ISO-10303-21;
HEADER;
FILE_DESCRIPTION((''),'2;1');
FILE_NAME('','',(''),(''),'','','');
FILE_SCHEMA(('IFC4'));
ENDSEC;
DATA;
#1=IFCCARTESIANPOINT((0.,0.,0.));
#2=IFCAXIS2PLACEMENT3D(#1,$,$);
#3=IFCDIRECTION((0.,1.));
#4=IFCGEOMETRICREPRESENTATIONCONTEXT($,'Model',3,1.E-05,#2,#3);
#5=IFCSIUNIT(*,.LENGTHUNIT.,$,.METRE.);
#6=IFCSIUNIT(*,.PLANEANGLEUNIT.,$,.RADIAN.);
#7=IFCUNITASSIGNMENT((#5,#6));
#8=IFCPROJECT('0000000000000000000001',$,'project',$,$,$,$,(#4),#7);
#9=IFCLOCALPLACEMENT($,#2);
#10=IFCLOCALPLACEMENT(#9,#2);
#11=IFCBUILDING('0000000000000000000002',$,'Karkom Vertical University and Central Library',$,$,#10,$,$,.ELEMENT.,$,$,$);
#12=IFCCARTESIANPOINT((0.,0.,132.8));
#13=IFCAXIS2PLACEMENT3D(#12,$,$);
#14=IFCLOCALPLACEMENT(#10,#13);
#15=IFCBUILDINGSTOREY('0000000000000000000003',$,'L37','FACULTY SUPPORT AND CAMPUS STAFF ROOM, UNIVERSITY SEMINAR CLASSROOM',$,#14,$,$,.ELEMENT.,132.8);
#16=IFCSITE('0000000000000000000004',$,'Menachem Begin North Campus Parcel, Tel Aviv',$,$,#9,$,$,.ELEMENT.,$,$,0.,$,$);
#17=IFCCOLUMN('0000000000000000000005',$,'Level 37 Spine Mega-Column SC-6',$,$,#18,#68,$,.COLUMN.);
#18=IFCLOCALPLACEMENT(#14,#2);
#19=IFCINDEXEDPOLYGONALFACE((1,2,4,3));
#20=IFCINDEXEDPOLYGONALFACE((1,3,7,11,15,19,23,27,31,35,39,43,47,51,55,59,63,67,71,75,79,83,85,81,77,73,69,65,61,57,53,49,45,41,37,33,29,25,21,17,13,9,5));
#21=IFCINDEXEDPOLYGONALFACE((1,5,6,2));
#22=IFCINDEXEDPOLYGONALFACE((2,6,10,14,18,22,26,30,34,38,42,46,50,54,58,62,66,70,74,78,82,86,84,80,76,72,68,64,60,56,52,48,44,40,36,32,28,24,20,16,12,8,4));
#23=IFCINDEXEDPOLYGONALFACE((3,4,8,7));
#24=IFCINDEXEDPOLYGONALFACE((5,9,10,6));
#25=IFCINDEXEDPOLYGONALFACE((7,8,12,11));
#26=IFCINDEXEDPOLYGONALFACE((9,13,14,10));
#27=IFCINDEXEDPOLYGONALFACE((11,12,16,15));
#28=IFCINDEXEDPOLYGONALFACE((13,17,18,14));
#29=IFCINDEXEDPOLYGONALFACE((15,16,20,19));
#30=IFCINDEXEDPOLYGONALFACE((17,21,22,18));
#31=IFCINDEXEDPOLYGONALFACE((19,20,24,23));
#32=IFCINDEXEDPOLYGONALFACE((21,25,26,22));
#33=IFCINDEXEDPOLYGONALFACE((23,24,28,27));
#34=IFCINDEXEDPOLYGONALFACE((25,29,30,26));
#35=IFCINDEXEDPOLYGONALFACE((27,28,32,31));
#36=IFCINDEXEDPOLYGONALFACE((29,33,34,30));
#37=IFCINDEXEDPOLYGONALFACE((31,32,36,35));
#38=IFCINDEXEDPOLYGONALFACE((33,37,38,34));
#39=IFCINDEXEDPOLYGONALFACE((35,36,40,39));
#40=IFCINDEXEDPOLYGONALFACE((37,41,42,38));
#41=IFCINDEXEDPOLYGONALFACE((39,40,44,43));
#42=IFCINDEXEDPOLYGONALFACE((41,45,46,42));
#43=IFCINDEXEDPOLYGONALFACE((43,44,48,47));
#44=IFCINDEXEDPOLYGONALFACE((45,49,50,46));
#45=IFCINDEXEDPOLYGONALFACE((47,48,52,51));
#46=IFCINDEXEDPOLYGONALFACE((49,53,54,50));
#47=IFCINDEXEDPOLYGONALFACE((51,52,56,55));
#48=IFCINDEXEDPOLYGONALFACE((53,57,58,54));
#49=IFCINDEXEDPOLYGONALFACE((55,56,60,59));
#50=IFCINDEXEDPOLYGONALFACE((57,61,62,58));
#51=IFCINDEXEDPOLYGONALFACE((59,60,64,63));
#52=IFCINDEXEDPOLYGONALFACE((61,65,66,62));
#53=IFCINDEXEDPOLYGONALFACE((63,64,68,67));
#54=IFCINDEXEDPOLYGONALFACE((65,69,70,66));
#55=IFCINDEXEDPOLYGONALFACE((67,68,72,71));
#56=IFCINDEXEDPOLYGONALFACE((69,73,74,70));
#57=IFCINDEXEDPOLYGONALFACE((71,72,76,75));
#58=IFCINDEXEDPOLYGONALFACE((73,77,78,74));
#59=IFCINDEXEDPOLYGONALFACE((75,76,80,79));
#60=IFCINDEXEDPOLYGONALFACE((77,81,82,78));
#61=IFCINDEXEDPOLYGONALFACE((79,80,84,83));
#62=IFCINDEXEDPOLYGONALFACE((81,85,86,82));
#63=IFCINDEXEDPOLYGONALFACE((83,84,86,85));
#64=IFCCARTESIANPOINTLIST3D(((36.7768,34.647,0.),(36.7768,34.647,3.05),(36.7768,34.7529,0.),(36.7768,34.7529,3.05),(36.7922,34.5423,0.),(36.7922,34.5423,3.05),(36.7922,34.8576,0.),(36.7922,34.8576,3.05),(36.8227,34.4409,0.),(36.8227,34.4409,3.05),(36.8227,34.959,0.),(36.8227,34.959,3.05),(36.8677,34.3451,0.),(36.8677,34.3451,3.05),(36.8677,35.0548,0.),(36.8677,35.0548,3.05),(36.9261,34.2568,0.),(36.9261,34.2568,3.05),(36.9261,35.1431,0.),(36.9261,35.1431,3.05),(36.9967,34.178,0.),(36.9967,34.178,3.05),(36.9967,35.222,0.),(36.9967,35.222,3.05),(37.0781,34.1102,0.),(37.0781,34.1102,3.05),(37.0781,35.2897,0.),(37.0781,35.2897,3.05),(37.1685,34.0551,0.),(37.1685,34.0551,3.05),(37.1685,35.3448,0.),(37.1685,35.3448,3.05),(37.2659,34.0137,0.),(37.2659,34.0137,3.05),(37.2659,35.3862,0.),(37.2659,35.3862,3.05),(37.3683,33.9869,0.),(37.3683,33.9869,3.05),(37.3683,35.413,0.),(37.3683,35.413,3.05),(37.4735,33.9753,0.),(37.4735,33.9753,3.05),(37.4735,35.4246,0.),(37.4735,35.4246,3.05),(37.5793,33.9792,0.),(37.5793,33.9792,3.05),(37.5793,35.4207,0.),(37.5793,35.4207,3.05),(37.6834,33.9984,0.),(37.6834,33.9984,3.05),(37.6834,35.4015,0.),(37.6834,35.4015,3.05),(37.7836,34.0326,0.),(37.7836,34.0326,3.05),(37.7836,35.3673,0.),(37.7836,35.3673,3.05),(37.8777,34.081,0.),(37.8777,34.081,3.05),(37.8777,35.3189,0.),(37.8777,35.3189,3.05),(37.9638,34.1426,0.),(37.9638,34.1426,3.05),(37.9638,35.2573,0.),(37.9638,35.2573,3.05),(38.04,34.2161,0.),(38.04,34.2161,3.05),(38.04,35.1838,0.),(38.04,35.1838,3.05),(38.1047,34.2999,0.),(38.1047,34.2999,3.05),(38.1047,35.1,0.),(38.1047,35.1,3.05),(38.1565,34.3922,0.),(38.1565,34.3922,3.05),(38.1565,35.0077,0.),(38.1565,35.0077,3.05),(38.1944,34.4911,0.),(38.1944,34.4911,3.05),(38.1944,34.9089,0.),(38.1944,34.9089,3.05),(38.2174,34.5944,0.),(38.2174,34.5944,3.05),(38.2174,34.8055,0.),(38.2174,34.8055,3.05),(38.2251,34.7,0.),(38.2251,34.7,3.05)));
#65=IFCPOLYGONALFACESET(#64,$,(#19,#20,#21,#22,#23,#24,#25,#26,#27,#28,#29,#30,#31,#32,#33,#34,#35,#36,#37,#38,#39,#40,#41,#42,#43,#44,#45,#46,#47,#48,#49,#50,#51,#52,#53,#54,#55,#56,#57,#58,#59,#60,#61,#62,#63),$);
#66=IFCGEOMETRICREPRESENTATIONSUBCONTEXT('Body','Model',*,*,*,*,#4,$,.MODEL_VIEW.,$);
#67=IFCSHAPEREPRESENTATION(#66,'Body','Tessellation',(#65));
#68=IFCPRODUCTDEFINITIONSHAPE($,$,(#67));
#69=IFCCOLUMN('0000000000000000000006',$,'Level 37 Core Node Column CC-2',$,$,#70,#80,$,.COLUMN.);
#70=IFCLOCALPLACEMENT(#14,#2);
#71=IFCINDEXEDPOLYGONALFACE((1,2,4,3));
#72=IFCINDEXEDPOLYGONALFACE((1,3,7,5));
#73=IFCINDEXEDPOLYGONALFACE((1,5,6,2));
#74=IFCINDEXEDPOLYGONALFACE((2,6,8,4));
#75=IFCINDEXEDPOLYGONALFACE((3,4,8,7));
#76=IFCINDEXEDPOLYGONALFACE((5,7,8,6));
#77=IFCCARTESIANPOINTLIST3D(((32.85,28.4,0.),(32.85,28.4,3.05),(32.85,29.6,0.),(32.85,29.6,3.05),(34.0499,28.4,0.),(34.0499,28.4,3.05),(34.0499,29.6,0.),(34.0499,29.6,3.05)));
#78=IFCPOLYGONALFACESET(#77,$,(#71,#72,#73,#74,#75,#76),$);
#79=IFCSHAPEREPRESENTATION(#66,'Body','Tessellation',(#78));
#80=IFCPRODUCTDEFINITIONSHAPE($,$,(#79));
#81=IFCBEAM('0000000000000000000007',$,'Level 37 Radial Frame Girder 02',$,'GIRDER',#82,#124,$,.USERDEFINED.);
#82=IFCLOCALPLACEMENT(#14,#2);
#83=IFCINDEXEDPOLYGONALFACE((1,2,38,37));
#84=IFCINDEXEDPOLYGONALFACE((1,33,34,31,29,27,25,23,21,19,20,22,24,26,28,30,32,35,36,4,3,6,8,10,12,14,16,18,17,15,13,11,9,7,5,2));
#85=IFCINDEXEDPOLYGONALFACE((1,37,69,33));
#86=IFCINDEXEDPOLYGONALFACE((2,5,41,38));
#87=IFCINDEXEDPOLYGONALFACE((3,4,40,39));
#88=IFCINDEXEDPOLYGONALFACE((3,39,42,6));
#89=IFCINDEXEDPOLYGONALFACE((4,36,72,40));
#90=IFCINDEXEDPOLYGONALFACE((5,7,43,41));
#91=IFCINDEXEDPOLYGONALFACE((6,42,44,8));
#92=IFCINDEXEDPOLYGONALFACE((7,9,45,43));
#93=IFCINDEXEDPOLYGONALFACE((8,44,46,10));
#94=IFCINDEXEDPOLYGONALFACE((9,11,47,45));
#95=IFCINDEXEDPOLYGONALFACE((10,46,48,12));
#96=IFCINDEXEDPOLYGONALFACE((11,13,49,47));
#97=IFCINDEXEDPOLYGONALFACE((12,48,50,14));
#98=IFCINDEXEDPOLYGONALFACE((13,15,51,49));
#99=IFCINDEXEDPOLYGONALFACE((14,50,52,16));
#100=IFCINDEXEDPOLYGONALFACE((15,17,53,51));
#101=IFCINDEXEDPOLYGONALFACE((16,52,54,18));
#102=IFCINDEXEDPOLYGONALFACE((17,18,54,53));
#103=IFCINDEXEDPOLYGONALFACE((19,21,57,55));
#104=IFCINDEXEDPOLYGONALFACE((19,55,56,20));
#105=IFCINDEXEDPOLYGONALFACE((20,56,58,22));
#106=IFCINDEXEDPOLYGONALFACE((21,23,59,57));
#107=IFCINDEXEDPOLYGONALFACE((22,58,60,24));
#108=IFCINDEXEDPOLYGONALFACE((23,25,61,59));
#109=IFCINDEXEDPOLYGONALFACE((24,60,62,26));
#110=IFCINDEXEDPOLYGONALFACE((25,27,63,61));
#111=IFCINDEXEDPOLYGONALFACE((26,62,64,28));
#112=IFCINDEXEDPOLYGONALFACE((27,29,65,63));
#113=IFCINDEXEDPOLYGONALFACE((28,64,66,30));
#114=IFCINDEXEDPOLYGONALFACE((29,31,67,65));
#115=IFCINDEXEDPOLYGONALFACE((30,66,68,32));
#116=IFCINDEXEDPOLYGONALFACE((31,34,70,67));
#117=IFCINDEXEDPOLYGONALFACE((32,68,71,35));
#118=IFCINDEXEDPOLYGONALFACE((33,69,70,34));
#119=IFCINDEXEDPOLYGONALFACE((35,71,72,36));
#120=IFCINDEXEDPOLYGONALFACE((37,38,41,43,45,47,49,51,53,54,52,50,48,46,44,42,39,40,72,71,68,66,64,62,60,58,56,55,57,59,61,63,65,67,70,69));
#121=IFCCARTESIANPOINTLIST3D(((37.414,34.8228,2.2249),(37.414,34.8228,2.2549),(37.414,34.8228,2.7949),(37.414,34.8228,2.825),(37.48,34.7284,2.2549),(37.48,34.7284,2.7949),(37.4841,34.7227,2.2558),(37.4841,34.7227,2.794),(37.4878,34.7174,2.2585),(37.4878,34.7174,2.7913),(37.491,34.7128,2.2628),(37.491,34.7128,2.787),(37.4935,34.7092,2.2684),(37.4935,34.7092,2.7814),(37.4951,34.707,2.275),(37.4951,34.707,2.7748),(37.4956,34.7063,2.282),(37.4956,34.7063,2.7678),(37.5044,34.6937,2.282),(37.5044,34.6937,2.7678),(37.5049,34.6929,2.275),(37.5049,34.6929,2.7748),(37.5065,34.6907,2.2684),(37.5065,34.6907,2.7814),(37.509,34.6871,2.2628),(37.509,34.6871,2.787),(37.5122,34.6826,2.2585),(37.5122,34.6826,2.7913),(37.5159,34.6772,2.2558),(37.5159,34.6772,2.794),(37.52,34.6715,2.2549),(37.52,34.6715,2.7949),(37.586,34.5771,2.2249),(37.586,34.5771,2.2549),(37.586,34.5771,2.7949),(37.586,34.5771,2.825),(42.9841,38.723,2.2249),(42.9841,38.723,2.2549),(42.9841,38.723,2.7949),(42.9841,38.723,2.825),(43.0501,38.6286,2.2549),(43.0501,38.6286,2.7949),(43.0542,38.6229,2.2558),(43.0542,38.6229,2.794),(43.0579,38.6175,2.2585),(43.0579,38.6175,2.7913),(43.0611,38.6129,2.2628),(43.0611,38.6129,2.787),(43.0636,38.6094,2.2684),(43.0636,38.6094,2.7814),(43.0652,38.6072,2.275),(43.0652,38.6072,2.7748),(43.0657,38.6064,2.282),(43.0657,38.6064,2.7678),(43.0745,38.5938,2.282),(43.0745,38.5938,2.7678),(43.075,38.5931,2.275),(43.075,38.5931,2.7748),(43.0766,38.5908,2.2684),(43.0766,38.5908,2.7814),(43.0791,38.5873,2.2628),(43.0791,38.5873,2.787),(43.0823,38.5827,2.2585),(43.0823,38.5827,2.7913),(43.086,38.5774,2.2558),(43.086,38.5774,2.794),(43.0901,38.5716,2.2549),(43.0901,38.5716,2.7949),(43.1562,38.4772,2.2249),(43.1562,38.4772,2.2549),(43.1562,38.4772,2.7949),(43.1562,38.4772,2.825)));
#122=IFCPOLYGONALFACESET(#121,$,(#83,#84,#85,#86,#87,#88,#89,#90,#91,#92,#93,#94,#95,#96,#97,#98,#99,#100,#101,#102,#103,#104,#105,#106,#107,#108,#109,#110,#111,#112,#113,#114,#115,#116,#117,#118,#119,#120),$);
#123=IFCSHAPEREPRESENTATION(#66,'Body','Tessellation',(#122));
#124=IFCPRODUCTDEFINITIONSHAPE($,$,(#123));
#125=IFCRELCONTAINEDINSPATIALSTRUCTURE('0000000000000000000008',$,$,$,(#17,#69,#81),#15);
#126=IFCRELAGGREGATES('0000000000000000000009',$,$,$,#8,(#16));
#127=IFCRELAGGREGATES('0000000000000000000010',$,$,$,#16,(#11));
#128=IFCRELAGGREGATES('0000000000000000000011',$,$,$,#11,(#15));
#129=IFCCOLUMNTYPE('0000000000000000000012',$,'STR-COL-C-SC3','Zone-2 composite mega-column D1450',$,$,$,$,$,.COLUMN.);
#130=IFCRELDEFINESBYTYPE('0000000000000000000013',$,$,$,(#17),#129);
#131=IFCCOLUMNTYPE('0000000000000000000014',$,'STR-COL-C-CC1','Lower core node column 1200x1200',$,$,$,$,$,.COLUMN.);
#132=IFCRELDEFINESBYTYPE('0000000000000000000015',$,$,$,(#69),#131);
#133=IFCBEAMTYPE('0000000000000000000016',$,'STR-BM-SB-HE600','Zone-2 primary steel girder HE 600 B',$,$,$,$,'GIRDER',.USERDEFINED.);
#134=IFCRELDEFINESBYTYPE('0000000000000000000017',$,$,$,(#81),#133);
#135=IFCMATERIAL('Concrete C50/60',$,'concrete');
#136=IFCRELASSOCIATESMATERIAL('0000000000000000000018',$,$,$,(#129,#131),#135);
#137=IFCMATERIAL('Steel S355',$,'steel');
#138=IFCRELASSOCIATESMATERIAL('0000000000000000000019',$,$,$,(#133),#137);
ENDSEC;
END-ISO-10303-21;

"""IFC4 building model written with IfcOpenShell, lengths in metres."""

from ifc_helpers import new_model, si_unit, direction, frame, origin, origin_with_axes, origin_2d, place, context, subcontext, project, spatial, rectangle, circle, i_section, extrude, source, transform, mapped, material, material_profile, profile_set, type_object, element, save


model = new_model("IFC4")

# Units and contexts
model_context = context("Model", 3, precision=1e-05, world=origin(), true_north=direction((0.0, 1.0)))
body_context = subcontext(model_context, "Body", "Model", "MODEL_VIEW")
ifc_project = project(units=[si_unit("LENGTHUNIT", "METRE"), si_unit("PLANEANGLEUNIT", "RADIAN")], contexts=[model_context])

# Site, building, storey
site_placement = place(None, origin())
site = spatial("IfcSite", under=ifc_project, at=site_placement, Name="Menachem Begin North Campus Parcel, Tel Aviv", CompositionType="ELEMENT", RefElevation=0.0)
building_placement = place(site_placement, origin())
building = spatial("IfcBuilding", under=site, at=building_placement, Name="Karkom Vertical University and Central Library", CompositionType="ELEMENT")
storey_placement = place(building_placement, frame((0.0, 0.0, 132.8)))
storey = spatial("IfcBuildingStorey", under=building, at=storey_placement, Name="L37", Description="FACULTY SUPPORT AND CAMPUS STAFF ROOM, UNIVERSITY SEMINAR CLASSROOM", CompositionType="ELEMENT", Elevation=132.8)

# Columns
ifc_material_1 = material(Name="Concrete C50/60", Category="concrete")
ifc_material_profile_1 = material_profile(ifc_material_1, circle(Radius=0.7251, at=origin_2d()), Name="CFT-D1450")
ifc_profile_set_1 = profile_set([ifc_material_profile_1], Name="Concrete C50/60")
column_type_1 = type_object("IfcColumnType", Name="STR-COL-C-SC3", Description="Zone-2 composite mega-column D1450", PredefinedType="COLUMN", material=ifc_profile_set_1)
shared_shape_1 = source(origin_with_axes(), body_context, "Body", "SweptSolid", [
    extrude(circle(Radius=0.7251, at=origin_2d()), origin(), (0.0, 0.0, 1.0), 3.05),
])
column_1_placement = place(storey_placement, frame((37.5, 34.7, 0.0), z_axis=(0.0, 0.0, 1.0), x_axis=(1.0, 0.0, 0.0)))
element("IfcColumn", 1, at=column_1_placement, inside=storey, type_object=column_type_1, Name="Level 37 Spine Mega-Column SC-6", PredefinedType="COLUMN", context=body_context, shape_type="MappedRepresentation", body=[
    mapped(shared_shape_1, transform((0.0, 0.0, 0.0), scale=1.0)),
])
ifc_material_profile_2 = material_profile(ifc_material_1, rectangle(XDim=1.2, YDim=1.2, at=origin_2d()), Name="RC-1200x1200")
ifc_profile_set_2 = profile_set([ifc_material_profile_2], Name="Concrete C50/60")
column_type_2 = type_object("IfcColumnType", Name="STR-COL-C-CC1", Description="Lower core node column 1200x1200", PredefinedType="COLUMN", material=ifc_profile_set_2)
shared_shape_2 = source(origin_with_axes(), body_context, "Body", "SweptSolid", [
    extrude(rectangle(XDim=1.2, YDim=1.2, at=origin_2d()), origin(), (0.0, 0.0, 1.0), 3.05),
])
column_2_placement = place(storey_placement, frame((33.45, 29.0, 0.0), z_axis=(0.0, 0.0, 1.0), x_axis=(1.0, 0.0, 0.0)))
element("IfcColumn", 2, at=column_2_placement, inside=storey, type_object=column_type_2, Name="Level 37 Core Node Column CC-2", PredefinedType="COLUMN", context=body_context, shape_type="MappedRepresentation", body=[
    mapped(shared_shape_2, transform((0.0, 0.0, 0.0), scale=1.0)),
])

# Beam
ifc_material_2 = material(Name="Steel S355", Category="steel")
ifc_material_profile_3 = material_profile(ifc_material_2, i_section(OverallWidth=0.3, OverallDepth=0.6001, WebThickness=0.0154, FlangeThickness=0.03, FilletRadius=0.0271, at=origin_2d()), Name="HE 600 B")
ifc_profile_set_3 = profile_set([ifc_material_profile_3], Name="Steel S355")
beam_type = type_object("IfcBeamType", Name="STR-BM-SB-HE600", Description="Zone-2 primary steel girder HE 600 B", ElementType="GIRDER", PredefinedType="USERDEFINED", material=ifc_profile_set_3)
shared_shape_3 = source(origin_with_axes(), body_context, "Body", "SweptSolid", [
    extrude(i_section(OverallWidth=0.3, OverallDepth=0.6001, WebThickness=0.0154, FlangeThickness=0.03, FilletRadius=0.0271, at=origin_2d()), origin(), (0.0, 0.0, 1.0), 6.7998),
])
beam_placement = place(storey_placement, frame((37.5, 34.7, 2.5249), z_axis=(0.819156, 0.573571, 0.0), x_axis=(-0.573571, 0.819156, 0.0)))
element("IfcBeam", 3, at=beam_placement, inside=storey, type_object=beam_type, Name="Level 37 Radial Frame Girder 02", ObjectType="GIRDER", PredefinedType="USERDEFINED", context=body_context, shape_type="MappedRepresentation", body=[
    mapped(shared_shape_3, transform((0.0, 0.0, 0.0), scale=1.0)),
])

save(model, "model.ifc")
